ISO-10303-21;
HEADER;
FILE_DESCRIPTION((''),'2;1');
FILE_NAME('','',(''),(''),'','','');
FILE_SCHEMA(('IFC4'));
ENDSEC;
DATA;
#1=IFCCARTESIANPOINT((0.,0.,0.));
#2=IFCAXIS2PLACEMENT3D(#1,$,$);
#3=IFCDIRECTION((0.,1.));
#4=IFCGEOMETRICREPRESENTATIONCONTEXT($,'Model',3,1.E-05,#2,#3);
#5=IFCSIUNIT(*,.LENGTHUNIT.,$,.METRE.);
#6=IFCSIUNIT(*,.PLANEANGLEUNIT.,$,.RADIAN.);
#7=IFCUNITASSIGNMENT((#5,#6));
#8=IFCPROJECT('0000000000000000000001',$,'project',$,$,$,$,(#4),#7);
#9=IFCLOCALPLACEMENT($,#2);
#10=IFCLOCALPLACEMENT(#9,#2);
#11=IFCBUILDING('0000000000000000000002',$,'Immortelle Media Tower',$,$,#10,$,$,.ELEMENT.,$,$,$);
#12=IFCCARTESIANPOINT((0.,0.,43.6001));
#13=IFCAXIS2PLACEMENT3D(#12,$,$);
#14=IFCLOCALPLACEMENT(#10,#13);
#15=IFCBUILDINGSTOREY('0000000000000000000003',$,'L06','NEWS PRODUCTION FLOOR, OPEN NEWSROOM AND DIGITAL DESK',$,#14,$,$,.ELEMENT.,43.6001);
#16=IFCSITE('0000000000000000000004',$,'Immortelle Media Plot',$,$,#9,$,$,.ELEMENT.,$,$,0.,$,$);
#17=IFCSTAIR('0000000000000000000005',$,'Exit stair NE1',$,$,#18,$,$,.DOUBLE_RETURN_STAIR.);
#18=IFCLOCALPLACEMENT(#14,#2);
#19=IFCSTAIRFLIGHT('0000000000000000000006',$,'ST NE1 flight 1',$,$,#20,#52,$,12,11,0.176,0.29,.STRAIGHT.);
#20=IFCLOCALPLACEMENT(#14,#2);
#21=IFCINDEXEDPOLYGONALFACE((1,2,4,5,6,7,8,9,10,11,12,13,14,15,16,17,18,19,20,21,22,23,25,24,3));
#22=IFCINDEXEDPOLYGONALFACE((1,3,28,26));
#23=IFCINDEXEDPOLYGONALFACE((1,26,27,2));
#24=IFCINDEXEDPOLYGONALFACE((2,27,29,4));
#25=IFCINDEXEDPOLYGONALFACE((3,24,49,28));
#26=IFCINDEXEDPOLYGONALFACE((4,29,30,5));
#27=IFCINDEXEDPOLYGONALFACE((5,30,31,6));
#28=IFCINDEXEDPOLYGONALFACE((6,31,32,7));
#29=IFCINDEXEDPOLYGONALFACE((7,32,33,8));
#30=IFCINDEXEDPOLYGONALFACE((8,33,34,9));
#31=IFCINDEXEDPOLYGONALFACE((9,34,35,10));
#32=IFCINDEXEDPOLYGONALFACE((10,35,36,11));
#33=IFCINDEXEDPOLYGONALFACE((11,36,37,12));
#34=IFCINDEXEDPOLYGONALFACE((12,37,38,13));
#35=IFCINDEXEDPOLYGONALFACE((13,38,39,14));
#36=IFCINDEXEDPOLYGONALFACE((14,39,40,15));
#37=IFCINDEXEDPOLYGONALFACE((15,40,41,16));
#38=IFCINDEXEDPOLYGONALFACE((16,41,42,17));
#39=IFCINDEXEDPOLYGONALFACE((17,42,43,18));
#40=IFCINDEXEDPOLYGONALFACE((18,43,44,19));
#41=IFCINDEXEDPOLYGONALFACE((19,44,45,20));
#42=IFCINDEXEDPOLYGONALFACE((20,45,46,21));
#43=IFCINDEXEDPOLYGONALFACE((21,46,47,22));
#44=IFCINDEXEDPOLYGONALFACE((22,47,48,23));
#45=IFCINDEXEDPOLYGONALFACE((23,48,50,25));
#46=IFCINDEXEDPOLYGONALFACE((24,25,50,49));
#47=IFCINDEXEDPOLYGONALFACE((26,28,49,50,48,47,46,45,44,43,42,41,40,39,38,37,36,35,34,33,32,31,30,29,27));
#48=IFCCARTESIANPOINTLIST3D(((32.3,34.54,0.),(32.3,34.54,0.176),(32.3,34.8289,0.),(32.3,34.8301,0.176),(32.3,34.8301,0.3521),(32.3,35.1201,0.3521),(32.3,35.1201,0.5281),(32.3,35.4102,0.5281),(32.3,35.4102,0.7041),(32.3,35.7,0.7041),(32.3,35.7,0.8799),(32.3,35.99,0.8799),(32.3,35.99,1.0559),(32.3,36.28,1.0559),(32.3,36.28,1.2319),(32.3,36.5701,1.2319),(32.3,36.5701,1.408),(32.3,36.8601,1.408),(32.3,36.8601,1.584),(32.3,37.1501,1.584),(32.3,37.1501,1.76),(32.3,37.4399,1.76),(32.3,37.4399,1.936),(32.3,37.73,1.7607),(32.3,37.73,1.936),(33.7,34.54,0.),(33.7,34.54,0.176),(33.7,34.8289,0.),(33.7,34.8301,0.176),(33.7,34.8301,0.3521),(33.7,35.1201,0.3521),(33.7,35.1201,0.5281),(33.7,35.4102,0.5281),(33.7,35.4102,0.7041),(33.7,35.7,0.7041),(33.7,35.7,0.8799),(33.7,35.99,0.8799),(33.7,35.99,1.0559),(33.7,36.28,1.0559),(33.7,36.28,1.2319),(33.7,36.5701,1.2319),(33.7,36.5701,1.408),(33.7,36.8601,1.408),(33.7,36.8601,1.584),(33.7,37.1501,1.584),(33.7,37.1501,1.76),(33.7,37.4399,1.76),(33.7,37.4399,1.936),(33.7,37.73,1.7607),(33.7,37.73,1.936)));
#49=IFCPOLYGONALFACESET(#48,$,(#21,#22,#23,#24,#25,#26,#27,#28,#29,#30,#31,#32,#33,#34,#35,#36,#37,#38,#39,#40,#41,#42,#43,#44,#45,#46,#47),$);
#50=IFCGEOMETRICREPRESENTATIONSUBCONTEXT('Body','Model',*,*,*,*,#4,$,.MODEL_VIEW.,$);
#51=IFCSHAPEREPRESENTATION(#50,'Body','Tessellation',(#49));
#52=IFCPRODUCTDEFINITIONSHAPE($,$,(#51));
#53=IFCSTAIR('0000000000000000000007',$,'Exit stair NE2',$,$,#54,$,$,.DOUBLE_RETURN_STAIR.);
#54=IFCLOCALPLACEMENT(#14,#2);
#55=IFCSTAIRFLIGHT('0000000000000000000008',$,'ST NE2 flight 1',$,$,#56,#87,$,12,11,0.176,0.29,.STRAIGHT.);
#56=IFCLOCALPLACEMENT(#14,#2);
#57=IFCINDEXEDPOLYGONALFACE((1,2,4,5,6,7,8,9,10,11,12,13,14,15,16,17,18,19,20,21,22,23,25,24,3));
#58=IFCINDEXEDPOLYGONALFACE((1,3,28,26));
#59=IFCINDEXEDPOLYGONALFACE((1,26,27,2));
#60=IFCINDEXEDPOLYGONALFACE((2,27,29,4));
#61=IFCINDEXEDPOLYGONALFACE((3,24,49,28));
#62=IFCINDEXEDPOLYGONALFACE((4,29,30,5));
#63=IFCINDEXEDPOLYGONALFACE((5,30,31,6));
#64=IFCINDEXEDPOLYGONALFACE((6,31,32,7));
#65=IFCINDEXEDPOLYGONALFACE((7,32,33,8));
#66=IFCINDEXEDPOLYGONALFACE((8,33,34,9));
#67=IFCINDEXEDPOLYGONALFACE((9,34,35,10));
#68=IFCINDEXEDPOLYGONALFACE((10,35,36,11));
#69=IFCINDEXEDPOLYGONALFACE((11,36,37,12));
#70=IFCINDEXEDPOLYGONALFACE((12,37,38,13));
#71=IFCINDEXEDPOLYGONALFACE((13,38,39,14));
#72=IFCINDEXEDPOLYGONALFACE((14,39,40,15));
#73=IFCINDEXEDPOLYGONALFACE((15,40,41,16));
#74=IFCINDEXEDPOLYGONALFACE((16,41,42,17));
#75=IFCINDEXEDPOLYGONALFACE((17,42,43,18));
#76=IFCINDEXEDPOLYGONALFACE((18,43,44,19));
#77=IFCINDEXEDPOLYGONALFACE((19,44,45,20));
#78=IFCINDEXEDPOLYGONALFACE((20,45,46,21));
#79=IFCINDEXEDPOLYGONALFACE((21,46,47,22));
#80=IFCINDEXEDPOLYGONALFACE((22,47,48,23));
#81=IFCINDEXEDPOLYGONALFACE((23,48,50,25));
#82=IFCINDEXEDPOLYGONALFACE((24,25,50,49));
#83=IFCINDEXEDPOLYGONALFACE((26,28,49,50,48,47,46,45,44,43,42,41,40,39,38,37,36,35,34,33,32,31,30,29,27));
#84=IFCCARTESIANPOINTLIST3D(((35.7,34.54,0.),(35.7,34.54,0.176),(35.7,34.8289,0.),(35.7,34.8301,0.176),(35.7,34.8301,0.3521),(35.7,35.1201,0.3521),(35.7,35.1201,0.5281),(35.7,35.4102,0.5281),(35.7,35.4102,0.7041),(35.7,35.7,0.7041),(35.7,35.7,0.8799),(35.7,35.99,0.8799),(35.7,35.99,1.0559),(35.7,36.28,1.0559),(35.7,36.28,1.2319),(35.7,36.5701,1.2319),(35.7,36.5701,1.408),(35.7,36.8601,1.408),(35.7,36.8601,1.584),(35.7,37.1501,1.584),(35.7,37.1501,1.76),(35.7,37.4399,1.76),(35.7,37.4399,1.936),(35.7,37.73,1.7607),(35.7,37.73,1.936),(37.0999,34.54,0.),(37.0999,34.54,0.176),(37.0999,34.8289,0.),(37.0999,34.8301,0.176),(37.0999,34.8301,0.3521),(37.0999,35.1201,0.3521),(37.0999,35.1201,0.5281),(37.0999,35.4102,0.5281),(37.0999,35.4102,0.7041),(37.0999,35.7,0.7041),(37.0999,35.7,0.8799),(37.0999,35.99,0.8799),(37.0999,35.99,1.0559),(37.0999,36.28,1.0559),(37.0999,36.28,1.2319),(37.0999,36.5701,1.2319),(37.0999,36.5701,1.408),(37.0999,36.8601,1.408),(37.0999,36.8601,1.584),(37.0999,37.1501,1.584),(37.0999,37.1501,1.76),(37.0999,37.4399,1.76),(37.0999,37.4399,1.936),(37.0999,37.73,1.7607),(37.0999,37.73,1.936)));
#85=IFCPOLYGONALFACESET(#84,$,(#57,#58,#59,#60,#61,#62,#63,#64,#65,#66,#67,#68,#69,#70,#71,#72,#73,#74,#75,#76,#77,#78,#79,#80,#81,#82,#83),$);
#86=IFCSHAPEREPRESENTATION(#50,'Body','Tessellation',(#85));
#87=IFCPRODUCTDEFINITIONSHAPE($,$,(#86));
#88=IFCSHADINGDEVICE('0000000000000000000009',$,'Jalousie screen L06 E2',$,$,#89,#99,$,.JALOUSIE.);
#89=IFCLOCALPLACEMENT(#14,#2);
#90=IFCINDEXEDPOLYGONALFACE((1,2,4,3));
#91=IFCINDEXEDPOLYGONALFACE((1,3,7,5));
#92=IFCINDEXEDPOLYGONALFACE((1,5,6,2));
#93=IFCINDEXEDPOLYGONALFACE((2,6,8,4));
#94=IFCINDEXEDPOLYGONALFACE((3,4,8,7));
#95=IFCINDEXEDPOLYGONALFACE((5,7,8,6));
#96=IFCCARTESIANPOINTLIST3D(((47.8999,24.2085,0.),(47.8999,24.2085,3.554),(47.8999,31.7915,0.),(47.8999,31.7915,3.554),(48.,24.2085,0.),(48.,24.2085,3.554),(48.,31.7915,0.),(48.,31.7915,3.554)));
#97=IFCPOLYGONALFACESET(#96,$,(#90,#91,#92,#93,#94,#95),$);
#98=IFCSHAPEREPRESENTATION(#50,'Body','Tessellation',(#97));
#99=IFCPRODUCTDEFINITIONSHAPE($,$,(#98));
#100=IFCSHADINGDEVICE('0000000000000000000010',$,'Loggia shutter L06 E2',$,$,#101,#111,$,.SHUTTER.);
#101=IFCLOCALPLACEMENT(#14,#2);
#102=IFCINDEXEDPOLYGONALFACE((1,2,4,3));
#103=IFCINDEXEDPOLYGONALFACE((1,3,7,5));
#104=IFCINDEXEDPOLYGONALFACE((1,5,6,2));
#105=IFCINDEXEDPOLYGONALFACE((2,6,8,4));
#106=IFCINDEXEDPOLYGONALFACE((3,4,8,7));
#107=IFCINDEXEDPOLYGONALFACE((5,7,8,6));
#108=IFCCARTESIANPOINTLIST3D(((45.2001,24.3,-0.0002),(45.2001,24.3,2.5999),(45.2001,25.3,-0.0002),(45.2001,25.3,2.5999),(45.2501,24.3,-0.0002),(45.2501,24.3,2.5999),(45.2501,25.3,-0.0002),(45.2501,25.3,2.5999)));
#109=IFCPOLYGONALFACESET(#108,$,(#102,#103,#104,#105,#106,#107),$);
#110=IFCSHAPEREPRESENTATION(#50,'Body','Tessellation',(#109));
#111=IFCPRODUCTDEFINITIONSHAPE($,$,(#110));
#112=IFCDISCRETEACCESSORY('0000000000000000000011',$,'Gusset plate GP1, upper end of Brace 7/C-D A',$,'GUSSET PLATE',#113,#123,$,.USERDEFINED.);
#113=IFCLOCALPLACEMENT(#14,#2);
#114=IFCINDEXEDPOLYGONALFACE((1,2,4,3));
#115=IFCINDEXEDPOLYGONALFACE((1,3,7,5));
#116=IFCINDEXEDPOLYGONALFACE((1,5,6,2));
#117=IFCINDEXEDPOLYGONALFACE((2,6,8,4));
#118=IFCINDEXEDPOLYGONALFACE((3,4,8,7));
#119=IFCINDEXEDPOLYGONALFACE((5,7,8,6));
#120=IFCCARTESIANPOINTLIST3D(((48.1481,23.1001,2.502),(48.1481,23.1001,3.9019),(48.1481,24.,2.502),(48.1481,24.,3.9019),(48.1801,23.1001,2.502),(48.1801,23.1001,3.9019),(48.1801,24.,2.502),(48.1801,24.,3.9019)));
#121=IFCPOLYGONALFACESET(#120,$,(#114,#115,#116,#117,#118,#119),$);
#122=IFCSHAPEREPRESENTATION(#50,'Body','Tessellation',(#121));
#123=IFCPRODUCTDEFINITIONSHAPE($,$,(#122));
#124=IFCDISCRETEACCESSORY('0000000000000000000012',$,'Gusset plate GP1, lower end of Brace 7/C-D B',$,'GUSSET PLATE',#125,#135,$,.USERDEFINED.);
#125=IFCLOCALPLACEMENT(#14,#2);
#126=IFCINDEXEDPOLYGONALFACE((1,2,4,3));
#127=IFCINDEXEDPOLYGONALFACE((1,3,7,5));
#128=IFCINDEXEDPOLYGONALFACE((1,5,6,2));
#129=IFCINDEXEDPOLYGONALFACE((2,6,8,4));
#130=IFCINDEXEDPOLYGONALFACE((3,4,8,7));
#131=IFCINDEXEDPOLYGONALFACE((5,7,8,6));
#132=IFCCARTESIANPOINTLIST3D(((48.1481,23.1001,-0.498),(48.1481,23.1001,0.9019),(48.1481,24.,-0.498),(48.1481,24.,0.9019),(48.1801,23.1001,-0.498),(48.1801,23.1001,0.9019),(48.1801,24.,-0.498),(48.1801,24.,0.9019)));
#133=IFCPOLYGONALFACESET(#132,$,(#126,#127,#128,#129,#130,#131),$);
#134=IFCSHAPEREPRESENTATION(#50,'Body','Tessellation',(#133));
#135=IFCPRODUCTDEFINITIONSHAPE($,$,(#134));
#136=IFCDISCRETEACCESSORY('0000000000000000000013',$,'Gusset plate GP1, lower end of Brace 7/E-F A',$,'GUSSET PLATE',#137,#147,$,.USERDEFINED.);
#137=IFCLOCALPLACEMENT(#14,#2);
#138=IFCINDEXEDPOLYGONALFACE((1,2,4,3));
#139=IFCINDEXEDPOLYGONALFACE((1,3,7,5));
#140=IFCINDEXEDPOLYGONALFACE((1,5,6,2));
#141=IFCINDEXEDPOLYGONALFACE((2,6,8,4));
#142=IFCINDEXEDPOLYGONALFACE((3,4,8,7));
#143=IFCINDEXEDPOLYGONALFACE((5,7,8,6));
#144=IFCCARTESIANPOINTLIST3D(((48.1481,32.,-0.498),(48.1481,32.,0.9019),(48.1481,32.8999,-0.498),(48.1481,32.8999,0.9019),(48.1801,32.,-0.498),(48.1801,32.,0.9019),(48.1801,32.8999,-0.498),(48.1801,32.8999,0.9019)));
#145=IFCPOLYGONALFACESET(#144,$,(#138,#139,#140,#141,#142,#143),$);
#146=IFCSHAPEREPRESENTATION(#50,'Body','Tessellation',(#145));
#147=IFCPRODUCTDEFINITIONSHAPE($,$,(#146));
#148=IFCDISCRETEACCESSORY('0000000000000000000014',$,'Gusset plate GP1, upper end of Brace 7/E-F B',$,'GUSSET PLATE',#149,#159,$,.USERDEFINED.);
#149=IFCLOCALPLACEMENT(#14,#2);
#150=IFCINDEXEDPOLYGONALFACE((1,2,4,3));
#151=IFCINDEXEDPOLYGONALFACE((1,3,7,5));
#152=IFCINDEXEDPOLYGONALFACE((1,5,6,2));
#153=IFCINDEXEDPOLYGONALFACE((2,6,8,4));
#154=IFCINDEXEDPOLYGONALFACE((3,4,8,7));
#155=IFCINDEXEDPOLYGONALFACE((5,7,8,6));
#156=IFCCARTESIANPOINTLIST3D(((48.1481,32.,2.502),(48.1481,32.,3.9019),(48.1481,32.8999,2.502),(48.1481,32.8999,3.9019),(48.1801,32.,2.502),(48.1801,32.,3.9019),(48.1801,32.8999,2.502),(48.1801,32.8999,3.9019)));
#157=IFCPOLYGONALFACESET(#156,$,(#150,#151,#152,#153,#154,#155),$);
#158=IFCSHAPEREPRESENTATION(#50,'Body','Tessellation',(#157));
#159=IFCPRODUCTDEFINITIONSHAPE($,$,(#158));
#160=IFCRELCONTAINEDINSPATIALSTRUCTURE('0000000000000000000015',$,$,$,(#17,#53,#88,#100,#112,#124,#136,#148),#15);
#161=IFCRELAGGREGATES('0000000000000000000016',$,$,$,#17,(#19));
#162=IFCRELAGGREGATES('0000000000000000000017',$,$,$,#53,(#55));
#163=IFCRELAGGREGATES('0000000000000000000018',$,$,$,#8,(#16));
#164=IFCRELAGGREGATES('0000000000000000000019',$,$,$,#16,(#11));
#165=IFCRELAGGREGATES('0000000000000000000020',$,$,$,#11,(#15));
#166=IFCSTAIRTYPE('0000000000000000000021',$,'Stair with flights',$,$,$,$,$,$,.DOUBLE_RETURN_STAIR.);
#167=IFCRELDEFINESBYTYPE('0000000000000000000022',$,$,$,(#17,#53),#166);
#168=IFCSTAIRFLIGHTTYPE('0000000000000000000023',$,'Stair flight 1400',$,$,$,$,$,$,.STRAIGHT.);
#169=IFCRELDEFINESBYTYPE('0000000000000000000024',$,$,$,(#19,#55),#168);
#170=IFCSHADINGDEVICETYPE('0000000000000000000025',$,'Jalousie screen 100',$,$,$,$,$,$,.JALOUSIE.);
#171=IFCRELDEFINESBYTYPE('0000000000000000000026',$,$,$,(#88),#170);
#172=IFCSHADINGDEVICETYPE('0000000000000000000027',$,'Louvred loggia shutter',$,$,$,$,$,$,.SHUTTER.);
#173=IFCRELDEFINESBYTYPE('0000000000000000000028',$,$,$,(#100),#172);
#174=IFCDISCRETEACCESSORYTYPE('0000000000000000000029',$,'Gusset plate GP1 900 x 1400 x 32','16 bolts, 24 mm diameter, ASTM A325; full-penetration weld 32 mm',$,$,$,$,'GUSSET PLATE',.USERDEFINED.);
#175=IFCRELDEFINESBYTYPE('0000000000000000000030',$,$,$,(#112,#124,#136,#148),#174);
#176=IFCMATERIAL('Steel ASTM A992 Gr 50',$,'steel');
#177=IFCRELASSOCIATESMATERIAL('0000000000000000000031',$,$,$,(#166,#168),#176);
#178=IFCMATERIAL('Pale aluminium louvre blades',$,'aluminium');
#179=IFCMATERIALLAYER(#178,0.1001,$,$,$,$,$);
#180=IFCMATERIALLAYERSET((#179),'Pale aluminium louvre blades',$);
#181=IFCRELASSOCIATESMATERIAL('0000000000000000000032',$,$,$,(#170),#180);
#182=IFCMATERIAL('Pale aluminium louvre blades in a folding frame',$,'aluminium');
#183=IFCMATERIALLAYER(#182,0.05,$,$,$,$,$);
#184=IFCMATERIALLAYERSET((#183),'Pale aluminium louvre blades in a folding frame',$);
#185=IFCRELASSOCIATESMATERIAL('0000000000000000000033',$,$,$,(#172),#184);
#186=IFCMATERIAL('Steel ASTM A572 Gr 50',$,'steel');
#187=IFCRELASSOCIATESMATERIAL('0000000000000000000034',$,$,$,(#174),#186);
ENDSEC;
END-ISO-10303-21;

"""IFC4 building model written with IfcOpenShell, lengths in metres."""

from ifc_helpers import new_model, si_unit, direction, frame, origin, origin_2d, place, context, subcontext, project, spatial, polyline, rectangle, outline, extrude, material, layer, layer_set, material_profile, profile_set, type_object, element, aggregate, save


model = new_model("IFC4")

# Units and contexts
model_context = context("Model", 3, precision=1e-05, world=origin(), true_north=direction((0.0, 1.0)))
body_context = subcontext(model_context, "Body", "Model", "MODEL_VIEW")
ifc_project = project(units=[si_unit("LENGTHUNIT", "METRE"), si_unit("PLANEANGLEUNIT", "RADIAN")], contexts=[model_context])

# Site, building, storey
site_placement = place(None, origin())
site = spatial("IfcSite", under=ifc_project, at=site_placement, Name="Immortelle Media Plot", CompositionType="ELEMENT", RefElevation=0.0)
building_placement = place(site_placement, origin())
building = spatial("IfcBuilding", under=site, at=building_placement, Name="Immortelle Media Tower", CompositionType="ELEMENT")
storey_placement = place(building_placement, frame((0.0, 0.0, 43.6001)))
storey = spatial("IfcBuildingStorey", under=building, at=storey_placement, Name="L06", Description="NEWS PRODUCTION FLOOR, OPEN NEWSROOM AND DIGITAL DESK", CompositionType="ELEMENT", Elevation=43.6001)

# Shared definitions
ifc_material_1 = material(Name="Steel ASTM A992 Gr 50", Category="steel")

# Stairs, stair flights
stair_type = type_object("IfcStairType", Name="Stair with flights", PredefinedType="DOUBLE_RETURN_STAIR", material=ifc_material_1)
stair_1_placement = place(storey_placement, origin())
stair_1 = element("IfcStair", 1, at=stair_1_placement, inside=storey, type_object=stair_type, Name="Exit stair NE1", PredefinedType="DOUBLE_RETURN_STAIR")
stair_flight_type = type_object("IfcStairFlightType", Name="Stair flight 1400", PredefinedType="STRAIGHT", material=ifc_material_1)
stair_flight_1_placement = place(storey_placement, frame((33.0, 34.54, 0.0), z_axis=(0.0, 0.0, 1.0), x_axis=(0.0, 1.0, 0.0)))
stair_flight_1 = element("IfcStairFlight", 2, at=stair_flight_1_placement, type_object=stair_flight_type, Name="ST NE1 flight 1", NumberOfRisers=12, NumberOfTreads=11, PredefinedType="STRAIGHT", RiserHeight=0.176, TreadLength=0.29, context=body_context, shape_type="SweptSolid", body=[
    extrude(outline(polyline([(0.0, 0.0), (0.0, 0.176), (0.29, 0.176), (0.29, 0.3521), (0.5801, 0.3521), (0.5801, 0.5281), (0.8701, 0.5281), (0.8701, 0.7041), (1.1599, 0.7041), (1.1599, 0.8799), (1.45, 0.8799), (1.45, 1.0559), (1.74, 1.0559), (1.74, 1.2319), (2.03, 1.2319), (2.03, 1.408), (2.3201, 1.408), (2.3201, 1.584), (2.6101, 1.584), (2.6101, 1.76), (2.8999, 1.76), (2.8999, 1.936), (3.1899, 1.936), (3.1899, 2.1121), (3.1899, 1.7607), (0.2888, 0.0), (0.0, 0.0)])), frame((0.0, 0.7, 0.0), z_axis=(0.0, -1.0, 0.0), x_axis=(1.0, 0.0, 0.0)), (0.0, 0.0, 1.0), 1.3999),
])
aggregate(stair_1, [stair_flight_1])
stair_2_placement = place(storey_placement, origin())
stair_2 = element("IfcStair", 3, at=stair_2_placement, inside=storey, type_object=stair_type, Name="Exit stair NE2", PredefinedType="DOUBLE_RETURN_STAIR")
stair_flight_2_placement = place(storey_placement, frame((36.3999, 34.54, 0.0), z_axis=(0.0, 0.0, 1.0), x_axis=(0.0, 1.0, 0.0)))
stair_flight_2 = element("IfcStairFlight", 4, at=stair_flight_2_placement, type_object=stair_flight_type, Name="ST NE2 flight 1", NumberOfRisers=12, NumberOfTreads=11, PredefinedType="STRAIGHT", RiserHeight=0.176, TreadLength=0.29, context=body_context, shape_type="SweptSolid", body=[
    extrude(outline(polyline([(0.0, 0.0), (0.0, 0.176), (0.29, 0.176), (0.29, 0.3521), (0.5801, 0.3521), (0.5801, 0.5281), (0.8701, 0.5281), (0.8701, 0.7041), (1.1599, 0.7041), (1.1599, 0.8799), (1.45, 0.8799), (1.45, 1.0559), (1.74, 1.0559), (1.74, 1.2319), (2.03, 1.2319), (2.03, 1.408), (2.3201, 1.408), (2.3201, 1.584), (2.6101, 1.584), (2.6101, 1.76), (2.8999, 1.76), (2.8999, 1.936), (3.1899, 1.936), (3.1899, 2.1121), (3.1899, 1.7607), (0.2888, 0.0), (0.0, 0.0)])), frame((0.0, 0.7, 0.0), z_axis=(0.0, -1.0, 0.0), x_axis=(1.0, 0.0, 0.0)), (0.0, 0.0, 1.0), 1.3999),
])
aggregate(stair_2, [stair_flight_2])

# Shading devices
ifc_material_2 = material(Name="Pale aluminium louvre blades", Category="aluminium")
ifc_layer_1 = layer(ifc_material_2, 0.1001)
ifc_layer_set_1 = layer_set([ifc_layer_1], Name="Pale aluminium louvre blades")
shading_device_type_1 = type_object("IfcShadingDeviceType", Name="Jalousie screen 100", PredefinedType="JALOUSIE", material=ifc_layer_set_1)
shading_device_1_placement = place(storey_placement, frame((47.95, 28.0, 0.0), z_axis=(0.0, 0.0, 1.0), x_axis=(0.0, 1.0, 0.0)))
element("IfcShadingDevice", 5, at=shading_device_1_placement, inside=storey, type_object=shading_device_type_1, Name="Jalousie screen L06 E2", PredefinedType="JALOUSIE", context=body_context, shape_type="SweptSolid", body=[
    extrude(rectangle(XDim=7.583, YDim=0.1001, at=origin_2d()), origin(), (0.0, 0.0, 1.0), 3.554),
])
ifc_material_3 = material(Name="Pale aluminium louvre blades in a folding frame", Category="aluminium")
ifc_layer_2 = layer(ifc_material_3, 0.05)
ifc_layer_set_2 = layer_set([ifc_layer_2], Name="Pale aluminium louvre blades in a folding frame")
shading_device_type_2 = type_object("IfcShadingDeviceType", Name="Louvred loggia shutter", PredefinedType="SHUTTER", material=ifc_layer_set_2)
shading_device_2_placement = place(storey_placement, frame((45.2251, 24.8, -0.0002), z_axis=(0.0, 0.0, 1.0), x_axis=(0.0, 1.0, 0.0)))
element("IfcShadingDevice", 6, at=shading_device_2_placement, inside=storey, type_object=shading_device_type_2, Name="Loggia shutter L06 E2", PredefinedType="SHUTTER", context=body_context, shape_type="SweptSolid", body=[
    extrude(rectangle(XDim=1.0, YDim=0.05, at=origin_2d()), origin(), (0.0, 0.0, 1.0), 2.6001),
])

# Discrete accessories
ifc_material_4 = material(Name="Steel ASTM A572 Gr 50", Category="steel")
ifc_material_profile_1 = material_profile(ifc_material_4, rectangle(XDim=0.032, YDim=1.3999, at=origin_2d()), Name="PL 32 x 1400")
ifc_profile_set_1 = profile_set([ifc_material_profile_1], Name="Steel ASTM A572 Gr 50")
discrete_accessory_type = type_object("IfcDiscreteAccessoryType", Name="Gusset plate GP1 900 x 1400 x 32", Description="16 bolts, 24 mm diameter, ASTM A325; full-penetration weld 32 mm", ElementType="GUSSET PLATE", PredefinedType="USERDEFINED", material=ifc_profile_set_1)
for number, where, z_axis, x_axis, name in (
    (7, (48.1641, 24.0, 3.2019), (0.0, -1.0, 0.0), (1.0, 0.0, 0.0), "Gusset plate GP1, upper end of Brace 7/C-D A"),
    (8, (48.1641, 24.0, 0.2019), (0.0, -1.0, 0.0), (1.0, 0.0, 0.0), "Gusset plate GP1, lower end of Brace 7/C-D B"),
    (9, (48.1641, 32.0, 0.2019), (0.0, 1.0, 0.0), (-1.0, 0.0, 0.0), "Gusset plate GP1, lower end of Brace 7/E-F A"),
    (10, (48.1641, 32.0, 3.2019), (0.0, 1.0, 0.0), (-1.0, 0.0, 0.0), "Gusset plate GP1, upper end of Brace 7/E-F B"),
):
    element("IfcDiscreteAccessory", number, at=place(storey_placement, frame(where, z_axis=z_axis, x_axis=x_axis)), inside=storey, type_object=discrete_accessory_type, Name=name, ObjectType="GUSSET PLATE", PredefinedType="USERDEFINED", context=body_context, shape_type="SweptSolid", body=[
        extrude(rectangle(XDim=0.032, YDim=1.3999, at=origin_2d()), origin(), (0.0, 0.0, 1.0), 0.8999),
    ])

save(model, "model.ifc")
